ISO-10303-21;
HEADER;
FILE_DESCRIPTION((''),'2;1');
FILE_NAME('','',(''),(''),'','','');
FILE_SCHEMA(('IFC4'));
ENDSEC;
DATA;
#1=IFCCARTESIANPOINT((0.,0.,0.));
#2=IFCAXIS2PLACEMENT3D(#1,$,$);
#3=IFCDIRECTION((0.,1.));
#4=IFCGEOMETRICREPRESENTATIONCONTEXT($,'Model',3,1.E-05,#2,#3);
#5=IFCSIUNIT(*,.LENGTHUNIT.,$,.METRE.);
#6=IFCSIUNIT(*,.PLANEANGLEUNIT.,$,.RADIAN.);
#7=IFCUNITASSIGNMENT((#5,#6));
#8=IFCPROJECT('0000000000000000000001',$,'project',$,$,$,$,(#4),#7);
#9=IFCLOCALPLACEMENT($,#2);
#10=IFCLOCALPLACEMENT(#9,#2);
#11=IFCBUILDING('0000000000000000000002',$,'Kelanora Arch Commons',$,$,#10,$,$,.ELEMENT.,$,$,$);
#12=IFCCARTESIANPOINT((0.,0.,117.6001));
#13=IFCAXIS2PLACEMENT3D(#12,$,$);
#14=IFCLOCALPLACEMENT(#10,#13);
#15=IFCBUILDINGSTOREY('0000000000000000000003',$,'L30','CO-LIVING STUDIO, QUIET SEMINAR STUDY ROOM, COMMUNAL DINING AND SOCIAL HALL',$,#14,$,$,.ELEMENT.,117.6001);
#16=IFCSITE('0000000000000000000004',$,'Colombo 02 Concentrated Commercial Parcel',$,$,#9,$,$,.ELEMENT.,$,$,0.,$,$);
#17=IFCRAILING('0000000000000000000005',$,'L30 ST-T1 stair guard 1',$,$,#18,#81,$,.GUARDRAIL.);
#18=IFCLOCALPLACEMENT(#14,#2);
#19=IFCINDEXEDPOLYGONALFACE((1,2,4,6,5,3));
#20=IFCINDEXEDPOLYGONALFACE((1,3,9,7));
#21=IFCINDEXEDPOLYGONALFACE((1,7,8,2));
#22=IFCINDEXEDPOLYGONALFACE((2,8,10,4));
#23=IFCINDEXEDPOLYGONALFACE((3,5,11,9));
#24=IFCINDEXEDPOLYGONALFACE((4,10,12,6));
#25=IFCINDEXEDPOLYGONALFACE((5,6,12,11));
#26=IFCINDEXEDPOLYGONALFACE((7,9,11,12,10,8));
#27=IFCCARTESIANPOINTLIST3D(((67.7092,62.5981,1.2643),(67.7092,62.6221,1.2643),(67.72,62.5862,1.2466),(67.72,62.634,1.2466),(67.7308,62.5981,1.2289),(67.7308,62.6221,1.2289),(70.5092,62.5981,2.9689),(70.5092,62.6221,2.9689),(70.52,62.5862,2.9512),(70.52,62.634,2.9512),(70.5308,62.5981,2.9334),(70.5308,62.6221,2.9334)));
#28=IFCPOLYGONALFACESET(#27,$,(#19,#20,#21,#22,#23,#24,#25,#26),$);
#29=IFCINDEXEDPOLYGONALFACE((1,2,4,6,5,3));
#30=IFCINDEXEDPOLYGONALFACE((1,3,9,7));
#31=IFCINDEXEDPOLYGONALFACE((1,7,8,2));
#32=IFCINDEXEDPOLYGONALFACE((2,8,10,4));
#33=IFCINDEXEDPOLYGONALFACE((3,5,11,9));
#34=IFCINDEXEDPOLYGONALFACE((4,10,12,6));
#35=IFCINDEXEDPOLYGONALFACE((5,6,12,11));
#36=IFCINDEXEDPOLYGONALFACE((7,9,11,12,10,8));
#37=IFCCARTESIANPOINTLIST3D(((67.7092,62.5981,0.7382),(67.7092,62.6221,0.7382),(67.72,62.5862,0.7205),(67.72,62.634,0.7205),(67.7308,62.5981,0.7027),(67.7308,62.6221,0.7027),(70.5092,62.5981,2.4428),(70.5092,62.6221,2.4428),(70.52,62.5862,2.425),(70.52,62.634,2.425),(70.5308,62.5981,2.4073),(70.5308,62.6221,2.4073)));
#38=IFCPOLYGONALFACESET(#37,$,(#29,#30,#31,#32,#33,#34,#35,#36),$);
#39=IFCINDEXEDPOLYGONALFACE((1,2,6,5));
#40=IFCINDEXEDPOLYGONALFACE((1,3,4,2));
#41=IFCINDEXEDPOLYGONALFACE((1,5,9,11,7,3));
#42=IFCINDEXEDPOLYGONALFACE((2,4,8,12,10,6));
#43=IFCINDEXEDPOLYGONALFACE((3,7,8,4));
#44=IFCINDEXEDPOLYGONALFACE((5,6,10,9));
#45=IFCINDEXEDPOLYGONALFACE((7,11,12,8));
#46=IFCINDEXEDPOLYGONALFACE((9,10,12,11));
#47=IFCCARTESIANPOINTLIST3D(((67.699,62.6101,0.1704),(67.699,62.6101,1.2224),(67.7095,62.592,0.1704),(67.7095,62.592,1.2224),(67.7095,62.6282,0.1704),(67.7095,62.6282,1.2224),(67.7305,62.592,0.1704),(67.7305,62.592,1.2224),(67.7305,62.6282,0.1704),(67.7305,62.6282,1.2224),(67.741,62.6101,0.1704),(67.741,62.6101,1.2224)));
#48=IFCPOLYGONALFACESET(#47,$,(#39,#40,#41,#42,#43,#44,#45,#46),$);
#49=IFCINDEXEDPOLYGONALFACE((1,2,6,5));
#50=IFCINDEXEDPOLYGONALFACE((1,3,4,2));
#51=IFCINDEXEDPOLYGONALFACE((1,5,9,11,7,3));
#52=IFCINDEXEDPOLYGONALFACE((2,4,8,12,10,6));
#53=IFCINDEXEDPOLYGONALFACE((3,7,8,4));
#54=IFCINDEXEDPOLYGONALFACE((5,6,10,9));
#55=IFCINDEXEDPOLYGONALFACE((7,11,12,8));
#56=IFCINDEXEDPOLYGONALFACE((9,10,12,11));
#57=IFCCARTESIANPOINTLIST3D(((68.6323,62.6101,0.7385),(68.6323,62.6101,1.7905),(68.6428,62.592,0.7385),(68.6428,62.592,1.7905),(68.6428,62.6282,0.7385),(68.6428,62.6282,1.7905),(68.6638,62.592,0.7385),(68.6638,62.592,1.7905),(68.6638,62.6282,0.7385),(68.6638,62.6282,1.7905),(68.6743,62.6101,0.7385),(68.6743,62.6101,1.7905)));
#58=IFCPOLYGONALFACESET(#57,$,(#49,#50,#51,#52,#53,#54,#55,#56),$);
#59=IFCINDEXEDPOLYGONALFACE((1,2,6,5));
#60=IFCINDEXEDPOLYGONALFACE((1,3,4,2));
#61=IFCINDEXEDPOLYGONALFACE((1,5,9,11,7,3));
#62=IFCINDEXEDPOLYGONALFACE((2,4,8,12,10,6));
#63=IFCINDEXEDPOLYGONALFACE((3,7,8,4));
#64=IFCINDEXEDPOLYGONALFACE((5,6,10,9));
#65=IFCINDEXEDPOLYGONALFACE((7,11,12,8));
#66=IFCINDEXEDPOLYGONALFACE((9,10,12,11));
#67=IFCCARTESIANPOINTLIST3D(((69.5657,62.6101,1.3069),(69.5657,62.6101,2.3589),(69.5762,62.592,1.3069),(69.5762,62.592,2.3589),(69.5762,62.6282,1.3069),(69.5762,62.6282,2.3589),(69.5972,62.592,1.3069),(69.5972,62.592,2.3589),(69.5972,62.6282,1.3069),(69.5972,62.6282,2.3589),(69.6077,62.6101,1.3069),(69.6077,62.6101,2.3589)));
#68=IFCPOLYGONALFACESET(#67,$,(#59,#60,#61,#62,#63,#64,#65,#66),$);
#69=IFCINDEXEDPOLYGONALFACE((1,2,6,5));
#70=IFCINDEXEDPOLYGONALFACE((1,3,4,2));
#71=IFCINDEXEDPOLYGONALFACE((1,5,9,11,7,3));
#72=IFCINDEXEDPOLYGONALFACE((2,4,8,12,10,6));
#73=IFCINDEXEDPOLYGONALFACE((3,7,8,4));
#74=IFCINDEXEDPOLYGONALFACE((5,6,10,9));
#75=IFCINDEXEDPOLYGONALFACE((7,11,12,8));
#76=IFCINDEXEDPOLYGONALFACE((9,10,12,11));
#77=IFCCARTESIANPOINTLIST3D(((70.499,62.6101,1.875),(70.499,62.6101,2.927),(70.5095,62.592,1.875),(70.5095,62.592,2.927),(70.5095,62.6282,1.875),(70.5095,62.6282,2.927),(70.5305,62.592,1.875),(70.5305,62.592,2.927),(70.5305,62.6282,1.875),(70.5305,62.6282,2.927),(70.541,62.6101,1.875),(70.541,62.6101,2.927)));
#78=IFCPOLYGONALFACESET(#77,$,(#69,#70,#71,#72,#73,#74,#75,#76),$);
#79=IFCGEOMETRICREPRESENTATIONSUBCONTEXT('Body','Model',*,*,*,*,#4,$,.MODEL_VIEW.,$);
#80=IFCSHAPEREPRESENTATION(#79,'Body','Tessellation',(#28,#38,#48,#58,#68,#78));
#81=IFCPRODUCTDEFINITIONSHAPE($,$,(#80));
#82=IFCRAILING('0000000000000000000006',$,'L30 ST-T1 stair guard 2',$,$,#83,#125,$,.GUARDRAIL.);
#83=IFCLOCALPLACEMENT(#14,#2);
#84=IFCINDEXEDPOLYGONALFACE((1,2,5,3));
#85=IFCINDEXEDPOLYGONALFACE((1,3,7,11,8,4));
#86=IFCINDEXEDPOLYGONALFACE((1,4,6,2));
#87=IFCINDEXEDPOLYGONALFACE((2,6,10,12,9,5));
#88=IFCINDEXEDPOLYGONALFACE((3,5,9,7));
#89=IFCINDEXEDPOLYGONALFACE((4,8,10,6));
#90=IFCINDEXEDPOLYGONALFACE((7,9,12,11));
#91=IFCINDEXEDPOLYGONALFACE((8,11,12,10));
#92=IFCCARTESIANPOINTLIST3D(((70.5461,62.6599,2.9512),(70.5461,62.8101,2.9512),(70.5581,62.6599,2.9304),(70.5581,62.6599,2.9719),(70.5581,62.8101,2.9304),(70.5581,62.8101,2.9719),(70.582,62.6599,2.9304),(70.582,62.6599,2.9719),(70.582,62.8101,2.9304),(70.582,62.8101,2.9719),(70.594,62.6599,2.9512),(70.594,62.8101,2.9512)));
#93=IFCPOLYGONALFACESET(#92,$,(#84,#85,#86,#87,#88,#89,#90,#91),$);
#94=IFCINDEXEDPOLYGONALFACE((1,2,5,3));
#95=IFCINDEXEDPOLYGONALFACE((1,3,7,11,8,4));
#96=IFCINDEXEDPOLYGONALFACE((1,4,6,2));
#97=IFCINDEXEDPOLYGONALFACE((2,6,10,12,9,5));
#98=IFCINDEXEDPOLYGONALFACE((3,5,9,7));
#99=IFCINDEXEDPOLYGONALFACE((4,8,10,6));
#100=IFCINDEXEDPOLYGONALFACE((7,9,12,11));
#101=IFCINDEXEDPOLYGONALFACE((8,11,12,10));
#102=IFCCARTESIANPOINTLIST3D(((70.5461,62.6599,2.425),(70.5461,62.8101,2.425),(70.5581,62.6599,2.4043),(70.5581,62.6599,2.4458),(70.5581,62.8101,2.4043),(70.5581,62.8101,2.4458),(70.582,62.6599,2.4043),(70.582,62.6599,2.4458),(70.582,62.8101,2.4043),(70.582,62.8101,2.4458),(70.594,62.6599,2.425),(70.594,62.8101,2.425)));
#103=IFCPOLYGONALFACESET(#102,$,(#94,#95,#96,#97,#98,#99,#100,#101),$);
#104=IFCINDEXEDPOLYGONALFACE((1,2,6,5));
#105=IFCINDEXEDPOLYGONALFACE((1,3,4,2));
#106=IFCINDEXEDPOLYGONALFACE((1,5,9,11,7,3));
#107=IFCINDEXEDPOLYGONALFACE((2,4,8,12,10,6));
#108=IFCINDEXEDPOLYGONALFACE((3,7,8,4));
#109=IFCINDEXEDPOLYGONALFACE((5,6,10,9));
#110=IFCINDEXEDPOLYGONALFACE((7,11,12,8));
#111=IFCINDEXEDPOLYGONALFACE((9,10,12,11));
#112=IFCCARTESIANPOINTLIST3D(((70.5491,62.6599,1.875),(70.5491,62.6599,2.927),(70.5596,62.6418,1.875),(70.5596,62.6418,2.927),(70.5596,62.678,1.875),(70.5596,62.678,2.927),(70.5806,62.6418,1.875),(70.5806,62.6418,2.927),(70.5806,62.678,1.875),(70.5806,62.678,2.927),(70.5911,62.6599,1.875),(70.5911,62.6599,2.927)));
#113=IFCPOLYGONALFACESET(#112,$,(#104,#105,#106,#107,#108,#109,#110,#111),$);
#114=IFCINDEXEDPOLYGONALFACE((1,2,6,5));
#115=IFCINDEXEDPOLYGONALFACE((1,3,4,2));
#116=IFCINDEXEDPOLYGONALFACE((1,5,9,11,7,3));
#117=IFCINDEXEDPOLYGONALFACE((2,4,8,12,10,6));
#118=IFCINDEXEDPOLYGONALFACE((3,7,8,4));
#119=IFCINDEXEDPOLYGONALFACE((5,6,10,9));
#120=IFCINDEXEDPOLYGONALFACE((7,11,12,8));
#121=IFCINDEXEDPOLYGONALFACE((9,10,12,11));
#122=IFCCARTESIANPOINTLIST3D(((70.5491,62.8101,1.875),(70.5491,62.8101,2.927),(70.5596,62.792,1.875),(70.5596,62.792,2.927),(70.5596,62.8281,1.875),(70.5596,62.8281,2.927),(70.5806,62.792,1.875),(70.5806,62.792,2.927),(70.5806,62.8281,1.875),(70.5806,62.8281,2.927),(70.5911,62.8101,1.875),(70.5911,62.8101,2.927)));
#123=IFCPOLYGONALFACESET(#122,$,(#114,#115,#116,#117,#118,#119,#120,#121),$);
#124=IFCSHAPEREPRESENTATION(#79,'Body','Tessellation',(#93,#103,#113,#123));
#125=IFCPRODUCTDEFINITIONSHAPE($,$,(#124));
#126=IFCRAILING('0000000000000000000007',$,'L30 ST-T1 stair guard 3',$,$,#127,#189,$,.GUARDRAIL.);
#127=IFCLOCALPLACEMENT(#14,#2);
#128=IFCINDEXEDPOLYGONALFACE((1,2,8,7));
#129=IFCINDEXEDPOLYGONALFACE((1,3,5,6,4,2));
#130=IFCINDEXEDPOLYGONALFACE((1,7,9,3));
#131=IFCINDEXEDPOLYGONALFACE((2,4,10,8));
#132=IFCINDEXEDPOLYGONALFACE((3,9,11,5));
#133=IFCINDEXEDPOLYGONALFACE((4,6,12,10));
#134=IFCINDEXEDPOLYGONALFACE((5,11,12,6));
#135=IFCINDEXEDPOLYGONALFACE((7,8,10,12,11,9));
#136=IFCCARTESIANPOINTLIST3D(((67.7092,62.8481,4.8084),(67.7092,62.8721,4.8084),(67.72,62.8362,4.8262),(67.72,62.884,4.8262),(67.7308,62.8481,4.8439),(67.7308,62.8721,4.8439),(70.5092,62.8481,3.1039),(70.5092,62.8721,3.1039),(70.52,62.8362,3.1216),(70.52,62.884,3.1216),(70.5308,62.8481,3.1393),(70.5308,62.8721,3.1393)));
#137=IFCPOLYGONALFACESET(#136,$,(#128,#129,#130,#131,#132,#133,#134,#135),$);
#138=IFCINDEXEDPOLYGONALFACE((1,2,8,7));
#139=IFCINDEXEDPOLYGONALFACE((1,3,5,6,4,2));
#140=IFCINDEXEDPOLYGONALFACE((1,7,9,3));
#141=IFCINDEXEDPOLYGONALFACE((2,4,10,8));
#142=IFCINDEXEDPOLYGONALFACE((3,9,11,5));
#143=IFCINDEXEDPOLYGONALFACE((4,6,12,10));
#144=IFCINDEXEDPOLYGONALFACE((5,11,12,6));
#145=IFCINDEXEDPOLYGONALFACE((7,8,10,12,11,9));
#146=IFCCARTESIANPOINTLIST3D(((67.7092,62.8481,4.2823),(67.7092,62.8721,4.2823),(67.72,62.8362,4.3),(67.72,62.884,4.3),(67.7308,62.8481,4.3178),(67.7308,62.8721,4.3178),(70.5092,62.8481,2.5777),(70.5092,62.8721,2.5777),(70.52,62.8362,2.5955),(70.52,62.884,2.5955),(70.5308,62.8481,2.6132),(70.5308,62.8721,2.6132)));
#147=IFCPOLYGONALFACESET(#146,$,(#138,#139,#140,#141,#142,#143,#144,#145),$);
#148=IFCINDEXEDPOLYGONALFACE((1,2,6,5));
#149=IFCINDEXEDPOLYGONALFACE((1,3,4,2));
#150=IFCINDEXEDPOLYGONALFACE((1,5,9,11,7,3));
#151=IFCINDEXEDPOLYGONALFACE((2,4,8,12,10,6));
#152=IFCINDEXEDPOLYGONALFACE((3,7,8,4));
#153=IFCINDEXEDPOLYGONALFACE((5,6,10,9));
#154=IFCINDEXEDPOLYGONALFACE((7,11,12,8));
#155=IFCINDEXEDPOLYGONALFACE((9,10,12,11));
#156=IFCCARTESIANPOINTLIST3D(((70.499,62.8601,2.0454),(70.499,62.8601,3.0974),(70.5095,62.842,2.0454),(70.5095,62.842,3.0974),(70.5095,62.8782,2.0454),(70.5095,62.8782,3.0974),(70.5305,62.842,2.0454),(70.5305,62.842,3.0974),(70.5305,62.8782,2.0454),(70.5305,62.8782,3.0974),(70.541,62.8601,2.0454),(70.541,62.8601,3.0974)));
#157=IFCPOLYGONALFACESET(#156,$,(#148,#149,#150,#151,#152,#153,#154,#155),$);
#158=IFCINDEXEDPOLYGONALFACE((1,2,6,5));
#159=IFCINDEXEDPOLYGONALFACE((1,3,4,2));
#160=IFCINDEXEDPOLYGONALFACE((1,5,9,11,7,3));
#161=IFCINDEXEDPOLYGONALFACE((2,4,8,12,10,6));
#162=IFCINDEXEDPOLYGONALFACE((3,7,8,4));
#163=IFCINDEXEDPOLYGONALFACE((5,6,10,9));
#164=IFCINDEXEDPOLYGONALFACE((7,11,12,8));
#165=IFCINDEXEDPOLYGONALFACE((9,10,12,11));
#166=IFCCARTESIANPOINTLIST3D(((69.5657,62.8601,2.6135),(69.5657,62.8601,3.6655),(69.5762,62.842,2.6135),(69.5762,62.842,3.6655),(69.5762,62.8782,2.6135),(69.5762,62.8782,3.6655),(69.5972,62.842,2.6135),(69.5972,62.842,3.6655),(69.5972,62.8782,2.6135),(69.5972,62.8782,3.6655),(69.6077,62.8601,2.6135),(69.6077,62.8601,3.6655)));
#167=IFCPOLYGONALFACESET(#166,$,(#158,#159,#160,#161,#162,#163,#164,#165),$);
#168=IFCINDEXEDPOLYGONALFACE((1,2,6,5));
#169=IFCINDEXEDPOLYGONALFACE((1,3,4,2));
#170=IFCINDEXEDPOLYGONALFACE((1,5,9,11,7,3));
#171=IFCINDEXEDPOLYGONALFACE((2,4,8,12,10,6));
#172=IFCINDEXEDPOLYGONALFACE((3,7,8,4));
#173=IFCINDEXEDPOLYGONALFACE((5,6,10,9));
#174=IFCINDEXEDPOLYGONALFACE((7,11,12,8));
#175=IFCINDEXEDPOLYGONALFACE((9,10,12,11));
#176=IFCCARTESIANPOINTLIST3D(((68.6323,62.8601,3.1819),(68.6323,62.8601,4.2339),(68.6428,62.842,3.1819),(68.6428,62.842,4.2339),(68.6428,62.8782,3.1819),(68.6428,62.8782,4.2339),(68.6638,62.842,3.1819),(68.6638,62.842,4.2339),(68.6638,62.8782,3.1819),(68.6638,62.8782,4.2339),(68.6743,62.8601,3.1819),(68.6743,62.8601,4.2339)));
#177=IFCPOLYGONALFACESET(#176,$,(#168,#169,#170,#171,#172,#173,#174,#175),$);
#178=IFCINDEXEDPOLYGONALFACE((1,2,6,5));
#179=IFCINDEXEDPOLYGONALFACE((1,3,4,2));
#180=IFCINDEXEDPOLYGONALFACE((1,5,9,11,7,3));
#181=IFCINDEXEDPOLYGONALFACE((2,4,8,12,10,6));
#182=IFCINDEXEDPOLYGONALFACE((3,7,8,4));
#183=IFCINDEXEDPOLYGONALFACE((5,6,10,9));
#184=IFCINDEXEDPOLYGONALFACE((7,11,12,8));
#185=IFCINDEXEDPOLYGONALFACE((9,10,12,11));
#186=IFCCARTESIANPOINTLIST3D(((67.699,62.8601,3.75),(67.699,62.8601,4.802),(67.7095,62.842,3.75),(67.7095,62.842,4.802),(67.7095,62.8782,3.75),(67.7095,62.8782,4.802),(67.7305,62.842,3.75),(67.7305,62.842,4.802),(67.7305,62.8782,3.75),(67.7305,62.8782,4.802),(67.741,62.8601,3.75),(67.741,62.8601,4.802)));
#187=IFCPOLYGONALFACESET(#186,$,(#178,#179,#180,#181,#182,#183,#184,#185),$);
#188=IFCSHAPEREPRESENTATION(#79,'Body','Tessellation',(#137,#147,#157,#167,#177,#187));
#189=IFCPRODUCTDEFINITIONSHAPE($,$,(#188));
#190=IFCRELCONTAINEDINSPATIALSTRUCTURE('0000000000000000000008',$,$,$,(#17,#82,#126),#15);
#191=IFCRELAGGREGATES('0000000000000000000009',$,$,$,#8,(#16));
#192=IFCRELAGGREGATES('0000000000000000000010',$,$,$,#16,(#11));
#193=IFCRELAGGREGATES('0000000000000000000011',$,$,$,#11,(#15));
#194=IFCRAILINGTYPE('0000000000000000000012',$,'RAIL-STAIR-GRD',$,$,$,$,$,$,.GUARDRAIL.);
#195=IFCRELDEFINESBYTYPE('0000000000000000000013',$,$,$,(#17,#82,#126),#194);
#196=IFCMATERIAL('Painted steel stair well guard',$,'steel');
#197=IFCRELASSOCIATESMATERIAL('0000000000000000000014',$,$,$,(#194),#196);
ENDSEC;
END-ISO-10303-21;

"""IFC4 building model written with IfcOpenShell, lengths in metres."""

from ifc_helpers import new_model, si_unit, direction, frame, origin, place, context, subcontext, project, spatial, polyline, outline, extrude, material, type_object, element, save


model = new_model("IFC4")

# Units and contexts
model_context = context("Model", 3, precision=1e-05, world=origin(), true_north=direction((0.0, 1.0)))
body_context = subcontext(model_context, "Body", "Model", "MODEL_VIEW")
ifc_project = project(units=[si_unit("LENGTHUNIT", "METRE"), si_unit("PLANEANGLEUNIT", "RADIAN")], contexts=[model_context])

# Site, building, storey
site_placement = place(None, origin())
site = spatial("IfcSite", under=ifc_project, at=site_placement, Name="Colombo 02 Concentrated Commercial Parcel", CompositionType="ELEMENT", RefElevation=0.0)
building_placement = place(site_placement, origin())
building = spatial("IfcBuilding", under=site, at=building_placement, Name="Kelanora Arch Commons", CompositionType="ELEMENT")
storey_placement = place(building_placement, frame((0.0, 0.0, 117.6001)))
storey = spatial("IfcBuildingStorey", under=building, at=storey_placement, Name="L30", Description="CO-LIVING STUDIO, QUIET SEMINAR STUDY ROOM, COMMUNAL DINING AND SOCIAL HALL", CompositionType="ELEMENT", Elevation=117.6001)

# Railings
ifc_material_1 = material(Name="Painted steel stair well guard", Category="steel")
railing_type_1 = type_object("IfcRailingType", Name="RAIL-STAIR-GRD", PredefinedType="GUARDRAIL", material=ifc_material_1)
railing_1_placement = place(storey_placement, frame((67.72, 62.6101, 0.1704)))
element("IfcRailing", 1, at=railing_1_placement, inside=storey, type_object=railing_type_1, Name="L30 ST-T1 stair guard 1", PredefinedType="GUARDRAIL", context=body_context, shape_type="SweptSolid", body=[
    extrude(outline(polyline([(0.0239, 0.0), (0.012, 0.0208), (-0.012, 0.0208), (-0.0239, 0.0), (-0.012, -0.0208), (0.012, -0.0208), (0.0239, 0.0)])), frame((0.0, 0.0, 1.0762), z_axis=(0.85417, 0.0, 0.519994), x_axis=(0.0, 1.0, 0.0)), (0.0, 0.0, 1.0), 3.2781),
    extrude(outline(polyline([(0.0239, 0.0), (0.012, 0.0208), (-0.012, 0.0208), (-0.0239, 0.0), (-0.012, -0.0208), (0.012, -0.0208), (0.0239, 0.0)])), frame((0.0, 0.0, 0.55), z_axis=(0.85417, 0.0, 0.519994), x_axis=(0.0, 1.0, 0.0)), (0.0, 0.0, 1.0), 3.2781),
    extrude(outline(polyline([(0.021, 0.0), (0.0105, 0.0181), (-0.0105, 0.0181), (-0.021, 0.0), (-0.0105, -0.0181), (0.0105, -0.0181), (0.021, 0.0)])), origin(), (0.0, 0.0, 1.0), 1.052),
    extrude(outline(polyline([(0.021, 0.0), (0.0105, 0.0181), (-0.0105, 0.0181), (-0.021, 0.0), (-0.0105, -0.0181), (0.0105, -0.0181), (0.021, 0.0)])), frame((0.9333, 0.0, 0.5681)), (0.0, 0.0, 1.0), 1.052),
    extrude(outline(polyline([(0.021, 0.0), (0.0105, 0.0181), (-0.0105, 0.0181), (-0.021, 0.0), (-0.0105, -0.0181), (0.0105, -0.0181), (0.021, 0.0)])), frame((1.8667, 0.0, 1.1365)), (0.0, 0.0, 1.0), 1.052),
    extrude(outline(polyline([(0.021, 0.0), (0.0105, 0.0181), (-0.0105, 0.0181), (-0.021, 0.0), (-0.0105, -0.0181), (0.0105, -0.0181), (0.021, 0.0)])), frame((2.8, 0.0, 1.7046)), (0.0, 0.0, 1.0), 1.052),
])
railing_2_placement = place(storey_placement, frame((70.5701, 62.6599, 1.875)))
element("IfcRailing", 2, at=railing_2_placement, inside=storey, type_object=railing_type_1, Name="L30 ST-T1 stair guard 2", PredefinedType="GUARDRAIL", context=body_context, shape_type="SweptSolid", body=[
    extrude(outline(polyline([(0.0239, 0.0), (0.012, 0.0208), (-0.012, 0.0208), (-0.0239, 0.0), (-0.012, -0.0208), (0.012, -0.0208), (0.0239, 0.0)])), frame((0.0, 0.0, 1.0762), z_axis=(0.0, 1.0, 0.0), x_axis=(-1.0, 0.0, 0.0)), (0.0, 0.0, 1.0), 0.1501),
    extrude(outline(polyline([(0.0239, 0.0), (0.012, 0.0208), (-0.012, 0.0208), (-0.0239, 0.0), (-0.012, -0.0208), (0.012, -0.0208), (0.0239, 0.0)])), frame((0.0, 0.0, 0.55), z_axis=(0.0, 1.0, 0.0), x_axis=(-1.0, 0.0, 0.0)), (0.0, 0.0, 1.0), 0.1501),
    extrude(outline(polyline([(0.021, 0.0), (0.0105, 0.0181), (-0.0105, 0.0181), (-0.021, 0.0), (-0.0105, -0.0181), (0.0105, -0.0181), (0.021, 0.0)])), origin(), (0.0, 0.0, 1.0), 1.052),
    extrude(outline(polyline([(0.021, 0.0), (0.0105, 0.0181), (-0.0105, 0.0181), (-0.021, 0.0), (-0.0105, -0.0181), (0.0105, -0.0181), (0.021, 0.0)])), frame((0.0, 0.1501, 0.0)), (0.0, 0.0, 1.0), 1.052),
])
railing_3_placement = place(storey_placement, frame((70.52, 62.8601, 2.0454)))
element("IfcRailing", 3, at=railing_3_placement, inside=storey, type_object=railing_type_1, Name="L30 ST-T1 stair guard 3", PredefinedType="GUARDRAIL", context=body_context, shape_type="SweptSolid", body=[
    extrude(outline(polyline([(0.0239, 0.0), (0.012, 0.0208), (-0.012, 0.0208), (-0.0239, 0.0), (-0.012, -0.0208), (0.012, -0.0208), (0.0239, 0.0)])), frame((0.0, 0.0, 1.0762), z_axis=(-0.85417, 0.0, 0.519994), x_axis=(0.0, -1.0, 0.0)), (0.0, 0.0, 1.0), 3.2781),
    extrude(outline(polyline([(0.0239, 0.0), (0.012, 0.0208), (-0.012, 0.0208), (-0.0239, 0.0), (-0.012, -0.0208), (0.012, -0.0208), (0.0239, 0.0)])), frame((0.0, 0.0, 0.55), z_axis=(-0.85417, 0.0, 0.519994), x_axis=(0.0, -1.0, 0.0)), (0.0, 0.0, 1.0), 3.2781),
    extrude(outline(polyline([(0.021, 0.0), (0.0105, 0.0181), (-0.0105, 0.0181), (-0.021, 0.0), (-0.0105, -0.0181), (0.0105, -0.0181), (0.021, 0.0)])), origin(), (0.0, 0.0, 1.0), 1.052),
    extrude(outline(polyline([(0.021, 0.0), (0.0105, 0.0181), (-0.0105, 0.0181), (-0.021, 0.0), (-0.0105, -0.0181), (0.0105, -0.0181), (0.021, 0.0)])), frame((-0.9333, 0.0, 0.5681)), (0.0, 0.0, 1.0), 1.052),
    extrude(outline(polyline([(0.021, 0.0), (0.0105, 0.0181), (-0.0105, 0.0181), (-0.021, 0.0), (-0.0105, -0.0181), (0.0105, -0.0181), (0.021, 0.0)])), frame((-1.8667, 0.0, 1.1365)), (0.0, 0.0, 1.0), 1.052),
    extrude(outline(polyline([(0.021, 0.0), (0.0105, 0.0181), (-0.0105, 0.0181), (-0.021, 0.0), (-0.0105, -0.0181), (0.0105, -0.0181), (0.021, 0.0)])), frame((-2.8, 0.0, 1.7046)), (0.0, 0.0, 1.0), 1.052),
])

save(model, "model.ifc")
